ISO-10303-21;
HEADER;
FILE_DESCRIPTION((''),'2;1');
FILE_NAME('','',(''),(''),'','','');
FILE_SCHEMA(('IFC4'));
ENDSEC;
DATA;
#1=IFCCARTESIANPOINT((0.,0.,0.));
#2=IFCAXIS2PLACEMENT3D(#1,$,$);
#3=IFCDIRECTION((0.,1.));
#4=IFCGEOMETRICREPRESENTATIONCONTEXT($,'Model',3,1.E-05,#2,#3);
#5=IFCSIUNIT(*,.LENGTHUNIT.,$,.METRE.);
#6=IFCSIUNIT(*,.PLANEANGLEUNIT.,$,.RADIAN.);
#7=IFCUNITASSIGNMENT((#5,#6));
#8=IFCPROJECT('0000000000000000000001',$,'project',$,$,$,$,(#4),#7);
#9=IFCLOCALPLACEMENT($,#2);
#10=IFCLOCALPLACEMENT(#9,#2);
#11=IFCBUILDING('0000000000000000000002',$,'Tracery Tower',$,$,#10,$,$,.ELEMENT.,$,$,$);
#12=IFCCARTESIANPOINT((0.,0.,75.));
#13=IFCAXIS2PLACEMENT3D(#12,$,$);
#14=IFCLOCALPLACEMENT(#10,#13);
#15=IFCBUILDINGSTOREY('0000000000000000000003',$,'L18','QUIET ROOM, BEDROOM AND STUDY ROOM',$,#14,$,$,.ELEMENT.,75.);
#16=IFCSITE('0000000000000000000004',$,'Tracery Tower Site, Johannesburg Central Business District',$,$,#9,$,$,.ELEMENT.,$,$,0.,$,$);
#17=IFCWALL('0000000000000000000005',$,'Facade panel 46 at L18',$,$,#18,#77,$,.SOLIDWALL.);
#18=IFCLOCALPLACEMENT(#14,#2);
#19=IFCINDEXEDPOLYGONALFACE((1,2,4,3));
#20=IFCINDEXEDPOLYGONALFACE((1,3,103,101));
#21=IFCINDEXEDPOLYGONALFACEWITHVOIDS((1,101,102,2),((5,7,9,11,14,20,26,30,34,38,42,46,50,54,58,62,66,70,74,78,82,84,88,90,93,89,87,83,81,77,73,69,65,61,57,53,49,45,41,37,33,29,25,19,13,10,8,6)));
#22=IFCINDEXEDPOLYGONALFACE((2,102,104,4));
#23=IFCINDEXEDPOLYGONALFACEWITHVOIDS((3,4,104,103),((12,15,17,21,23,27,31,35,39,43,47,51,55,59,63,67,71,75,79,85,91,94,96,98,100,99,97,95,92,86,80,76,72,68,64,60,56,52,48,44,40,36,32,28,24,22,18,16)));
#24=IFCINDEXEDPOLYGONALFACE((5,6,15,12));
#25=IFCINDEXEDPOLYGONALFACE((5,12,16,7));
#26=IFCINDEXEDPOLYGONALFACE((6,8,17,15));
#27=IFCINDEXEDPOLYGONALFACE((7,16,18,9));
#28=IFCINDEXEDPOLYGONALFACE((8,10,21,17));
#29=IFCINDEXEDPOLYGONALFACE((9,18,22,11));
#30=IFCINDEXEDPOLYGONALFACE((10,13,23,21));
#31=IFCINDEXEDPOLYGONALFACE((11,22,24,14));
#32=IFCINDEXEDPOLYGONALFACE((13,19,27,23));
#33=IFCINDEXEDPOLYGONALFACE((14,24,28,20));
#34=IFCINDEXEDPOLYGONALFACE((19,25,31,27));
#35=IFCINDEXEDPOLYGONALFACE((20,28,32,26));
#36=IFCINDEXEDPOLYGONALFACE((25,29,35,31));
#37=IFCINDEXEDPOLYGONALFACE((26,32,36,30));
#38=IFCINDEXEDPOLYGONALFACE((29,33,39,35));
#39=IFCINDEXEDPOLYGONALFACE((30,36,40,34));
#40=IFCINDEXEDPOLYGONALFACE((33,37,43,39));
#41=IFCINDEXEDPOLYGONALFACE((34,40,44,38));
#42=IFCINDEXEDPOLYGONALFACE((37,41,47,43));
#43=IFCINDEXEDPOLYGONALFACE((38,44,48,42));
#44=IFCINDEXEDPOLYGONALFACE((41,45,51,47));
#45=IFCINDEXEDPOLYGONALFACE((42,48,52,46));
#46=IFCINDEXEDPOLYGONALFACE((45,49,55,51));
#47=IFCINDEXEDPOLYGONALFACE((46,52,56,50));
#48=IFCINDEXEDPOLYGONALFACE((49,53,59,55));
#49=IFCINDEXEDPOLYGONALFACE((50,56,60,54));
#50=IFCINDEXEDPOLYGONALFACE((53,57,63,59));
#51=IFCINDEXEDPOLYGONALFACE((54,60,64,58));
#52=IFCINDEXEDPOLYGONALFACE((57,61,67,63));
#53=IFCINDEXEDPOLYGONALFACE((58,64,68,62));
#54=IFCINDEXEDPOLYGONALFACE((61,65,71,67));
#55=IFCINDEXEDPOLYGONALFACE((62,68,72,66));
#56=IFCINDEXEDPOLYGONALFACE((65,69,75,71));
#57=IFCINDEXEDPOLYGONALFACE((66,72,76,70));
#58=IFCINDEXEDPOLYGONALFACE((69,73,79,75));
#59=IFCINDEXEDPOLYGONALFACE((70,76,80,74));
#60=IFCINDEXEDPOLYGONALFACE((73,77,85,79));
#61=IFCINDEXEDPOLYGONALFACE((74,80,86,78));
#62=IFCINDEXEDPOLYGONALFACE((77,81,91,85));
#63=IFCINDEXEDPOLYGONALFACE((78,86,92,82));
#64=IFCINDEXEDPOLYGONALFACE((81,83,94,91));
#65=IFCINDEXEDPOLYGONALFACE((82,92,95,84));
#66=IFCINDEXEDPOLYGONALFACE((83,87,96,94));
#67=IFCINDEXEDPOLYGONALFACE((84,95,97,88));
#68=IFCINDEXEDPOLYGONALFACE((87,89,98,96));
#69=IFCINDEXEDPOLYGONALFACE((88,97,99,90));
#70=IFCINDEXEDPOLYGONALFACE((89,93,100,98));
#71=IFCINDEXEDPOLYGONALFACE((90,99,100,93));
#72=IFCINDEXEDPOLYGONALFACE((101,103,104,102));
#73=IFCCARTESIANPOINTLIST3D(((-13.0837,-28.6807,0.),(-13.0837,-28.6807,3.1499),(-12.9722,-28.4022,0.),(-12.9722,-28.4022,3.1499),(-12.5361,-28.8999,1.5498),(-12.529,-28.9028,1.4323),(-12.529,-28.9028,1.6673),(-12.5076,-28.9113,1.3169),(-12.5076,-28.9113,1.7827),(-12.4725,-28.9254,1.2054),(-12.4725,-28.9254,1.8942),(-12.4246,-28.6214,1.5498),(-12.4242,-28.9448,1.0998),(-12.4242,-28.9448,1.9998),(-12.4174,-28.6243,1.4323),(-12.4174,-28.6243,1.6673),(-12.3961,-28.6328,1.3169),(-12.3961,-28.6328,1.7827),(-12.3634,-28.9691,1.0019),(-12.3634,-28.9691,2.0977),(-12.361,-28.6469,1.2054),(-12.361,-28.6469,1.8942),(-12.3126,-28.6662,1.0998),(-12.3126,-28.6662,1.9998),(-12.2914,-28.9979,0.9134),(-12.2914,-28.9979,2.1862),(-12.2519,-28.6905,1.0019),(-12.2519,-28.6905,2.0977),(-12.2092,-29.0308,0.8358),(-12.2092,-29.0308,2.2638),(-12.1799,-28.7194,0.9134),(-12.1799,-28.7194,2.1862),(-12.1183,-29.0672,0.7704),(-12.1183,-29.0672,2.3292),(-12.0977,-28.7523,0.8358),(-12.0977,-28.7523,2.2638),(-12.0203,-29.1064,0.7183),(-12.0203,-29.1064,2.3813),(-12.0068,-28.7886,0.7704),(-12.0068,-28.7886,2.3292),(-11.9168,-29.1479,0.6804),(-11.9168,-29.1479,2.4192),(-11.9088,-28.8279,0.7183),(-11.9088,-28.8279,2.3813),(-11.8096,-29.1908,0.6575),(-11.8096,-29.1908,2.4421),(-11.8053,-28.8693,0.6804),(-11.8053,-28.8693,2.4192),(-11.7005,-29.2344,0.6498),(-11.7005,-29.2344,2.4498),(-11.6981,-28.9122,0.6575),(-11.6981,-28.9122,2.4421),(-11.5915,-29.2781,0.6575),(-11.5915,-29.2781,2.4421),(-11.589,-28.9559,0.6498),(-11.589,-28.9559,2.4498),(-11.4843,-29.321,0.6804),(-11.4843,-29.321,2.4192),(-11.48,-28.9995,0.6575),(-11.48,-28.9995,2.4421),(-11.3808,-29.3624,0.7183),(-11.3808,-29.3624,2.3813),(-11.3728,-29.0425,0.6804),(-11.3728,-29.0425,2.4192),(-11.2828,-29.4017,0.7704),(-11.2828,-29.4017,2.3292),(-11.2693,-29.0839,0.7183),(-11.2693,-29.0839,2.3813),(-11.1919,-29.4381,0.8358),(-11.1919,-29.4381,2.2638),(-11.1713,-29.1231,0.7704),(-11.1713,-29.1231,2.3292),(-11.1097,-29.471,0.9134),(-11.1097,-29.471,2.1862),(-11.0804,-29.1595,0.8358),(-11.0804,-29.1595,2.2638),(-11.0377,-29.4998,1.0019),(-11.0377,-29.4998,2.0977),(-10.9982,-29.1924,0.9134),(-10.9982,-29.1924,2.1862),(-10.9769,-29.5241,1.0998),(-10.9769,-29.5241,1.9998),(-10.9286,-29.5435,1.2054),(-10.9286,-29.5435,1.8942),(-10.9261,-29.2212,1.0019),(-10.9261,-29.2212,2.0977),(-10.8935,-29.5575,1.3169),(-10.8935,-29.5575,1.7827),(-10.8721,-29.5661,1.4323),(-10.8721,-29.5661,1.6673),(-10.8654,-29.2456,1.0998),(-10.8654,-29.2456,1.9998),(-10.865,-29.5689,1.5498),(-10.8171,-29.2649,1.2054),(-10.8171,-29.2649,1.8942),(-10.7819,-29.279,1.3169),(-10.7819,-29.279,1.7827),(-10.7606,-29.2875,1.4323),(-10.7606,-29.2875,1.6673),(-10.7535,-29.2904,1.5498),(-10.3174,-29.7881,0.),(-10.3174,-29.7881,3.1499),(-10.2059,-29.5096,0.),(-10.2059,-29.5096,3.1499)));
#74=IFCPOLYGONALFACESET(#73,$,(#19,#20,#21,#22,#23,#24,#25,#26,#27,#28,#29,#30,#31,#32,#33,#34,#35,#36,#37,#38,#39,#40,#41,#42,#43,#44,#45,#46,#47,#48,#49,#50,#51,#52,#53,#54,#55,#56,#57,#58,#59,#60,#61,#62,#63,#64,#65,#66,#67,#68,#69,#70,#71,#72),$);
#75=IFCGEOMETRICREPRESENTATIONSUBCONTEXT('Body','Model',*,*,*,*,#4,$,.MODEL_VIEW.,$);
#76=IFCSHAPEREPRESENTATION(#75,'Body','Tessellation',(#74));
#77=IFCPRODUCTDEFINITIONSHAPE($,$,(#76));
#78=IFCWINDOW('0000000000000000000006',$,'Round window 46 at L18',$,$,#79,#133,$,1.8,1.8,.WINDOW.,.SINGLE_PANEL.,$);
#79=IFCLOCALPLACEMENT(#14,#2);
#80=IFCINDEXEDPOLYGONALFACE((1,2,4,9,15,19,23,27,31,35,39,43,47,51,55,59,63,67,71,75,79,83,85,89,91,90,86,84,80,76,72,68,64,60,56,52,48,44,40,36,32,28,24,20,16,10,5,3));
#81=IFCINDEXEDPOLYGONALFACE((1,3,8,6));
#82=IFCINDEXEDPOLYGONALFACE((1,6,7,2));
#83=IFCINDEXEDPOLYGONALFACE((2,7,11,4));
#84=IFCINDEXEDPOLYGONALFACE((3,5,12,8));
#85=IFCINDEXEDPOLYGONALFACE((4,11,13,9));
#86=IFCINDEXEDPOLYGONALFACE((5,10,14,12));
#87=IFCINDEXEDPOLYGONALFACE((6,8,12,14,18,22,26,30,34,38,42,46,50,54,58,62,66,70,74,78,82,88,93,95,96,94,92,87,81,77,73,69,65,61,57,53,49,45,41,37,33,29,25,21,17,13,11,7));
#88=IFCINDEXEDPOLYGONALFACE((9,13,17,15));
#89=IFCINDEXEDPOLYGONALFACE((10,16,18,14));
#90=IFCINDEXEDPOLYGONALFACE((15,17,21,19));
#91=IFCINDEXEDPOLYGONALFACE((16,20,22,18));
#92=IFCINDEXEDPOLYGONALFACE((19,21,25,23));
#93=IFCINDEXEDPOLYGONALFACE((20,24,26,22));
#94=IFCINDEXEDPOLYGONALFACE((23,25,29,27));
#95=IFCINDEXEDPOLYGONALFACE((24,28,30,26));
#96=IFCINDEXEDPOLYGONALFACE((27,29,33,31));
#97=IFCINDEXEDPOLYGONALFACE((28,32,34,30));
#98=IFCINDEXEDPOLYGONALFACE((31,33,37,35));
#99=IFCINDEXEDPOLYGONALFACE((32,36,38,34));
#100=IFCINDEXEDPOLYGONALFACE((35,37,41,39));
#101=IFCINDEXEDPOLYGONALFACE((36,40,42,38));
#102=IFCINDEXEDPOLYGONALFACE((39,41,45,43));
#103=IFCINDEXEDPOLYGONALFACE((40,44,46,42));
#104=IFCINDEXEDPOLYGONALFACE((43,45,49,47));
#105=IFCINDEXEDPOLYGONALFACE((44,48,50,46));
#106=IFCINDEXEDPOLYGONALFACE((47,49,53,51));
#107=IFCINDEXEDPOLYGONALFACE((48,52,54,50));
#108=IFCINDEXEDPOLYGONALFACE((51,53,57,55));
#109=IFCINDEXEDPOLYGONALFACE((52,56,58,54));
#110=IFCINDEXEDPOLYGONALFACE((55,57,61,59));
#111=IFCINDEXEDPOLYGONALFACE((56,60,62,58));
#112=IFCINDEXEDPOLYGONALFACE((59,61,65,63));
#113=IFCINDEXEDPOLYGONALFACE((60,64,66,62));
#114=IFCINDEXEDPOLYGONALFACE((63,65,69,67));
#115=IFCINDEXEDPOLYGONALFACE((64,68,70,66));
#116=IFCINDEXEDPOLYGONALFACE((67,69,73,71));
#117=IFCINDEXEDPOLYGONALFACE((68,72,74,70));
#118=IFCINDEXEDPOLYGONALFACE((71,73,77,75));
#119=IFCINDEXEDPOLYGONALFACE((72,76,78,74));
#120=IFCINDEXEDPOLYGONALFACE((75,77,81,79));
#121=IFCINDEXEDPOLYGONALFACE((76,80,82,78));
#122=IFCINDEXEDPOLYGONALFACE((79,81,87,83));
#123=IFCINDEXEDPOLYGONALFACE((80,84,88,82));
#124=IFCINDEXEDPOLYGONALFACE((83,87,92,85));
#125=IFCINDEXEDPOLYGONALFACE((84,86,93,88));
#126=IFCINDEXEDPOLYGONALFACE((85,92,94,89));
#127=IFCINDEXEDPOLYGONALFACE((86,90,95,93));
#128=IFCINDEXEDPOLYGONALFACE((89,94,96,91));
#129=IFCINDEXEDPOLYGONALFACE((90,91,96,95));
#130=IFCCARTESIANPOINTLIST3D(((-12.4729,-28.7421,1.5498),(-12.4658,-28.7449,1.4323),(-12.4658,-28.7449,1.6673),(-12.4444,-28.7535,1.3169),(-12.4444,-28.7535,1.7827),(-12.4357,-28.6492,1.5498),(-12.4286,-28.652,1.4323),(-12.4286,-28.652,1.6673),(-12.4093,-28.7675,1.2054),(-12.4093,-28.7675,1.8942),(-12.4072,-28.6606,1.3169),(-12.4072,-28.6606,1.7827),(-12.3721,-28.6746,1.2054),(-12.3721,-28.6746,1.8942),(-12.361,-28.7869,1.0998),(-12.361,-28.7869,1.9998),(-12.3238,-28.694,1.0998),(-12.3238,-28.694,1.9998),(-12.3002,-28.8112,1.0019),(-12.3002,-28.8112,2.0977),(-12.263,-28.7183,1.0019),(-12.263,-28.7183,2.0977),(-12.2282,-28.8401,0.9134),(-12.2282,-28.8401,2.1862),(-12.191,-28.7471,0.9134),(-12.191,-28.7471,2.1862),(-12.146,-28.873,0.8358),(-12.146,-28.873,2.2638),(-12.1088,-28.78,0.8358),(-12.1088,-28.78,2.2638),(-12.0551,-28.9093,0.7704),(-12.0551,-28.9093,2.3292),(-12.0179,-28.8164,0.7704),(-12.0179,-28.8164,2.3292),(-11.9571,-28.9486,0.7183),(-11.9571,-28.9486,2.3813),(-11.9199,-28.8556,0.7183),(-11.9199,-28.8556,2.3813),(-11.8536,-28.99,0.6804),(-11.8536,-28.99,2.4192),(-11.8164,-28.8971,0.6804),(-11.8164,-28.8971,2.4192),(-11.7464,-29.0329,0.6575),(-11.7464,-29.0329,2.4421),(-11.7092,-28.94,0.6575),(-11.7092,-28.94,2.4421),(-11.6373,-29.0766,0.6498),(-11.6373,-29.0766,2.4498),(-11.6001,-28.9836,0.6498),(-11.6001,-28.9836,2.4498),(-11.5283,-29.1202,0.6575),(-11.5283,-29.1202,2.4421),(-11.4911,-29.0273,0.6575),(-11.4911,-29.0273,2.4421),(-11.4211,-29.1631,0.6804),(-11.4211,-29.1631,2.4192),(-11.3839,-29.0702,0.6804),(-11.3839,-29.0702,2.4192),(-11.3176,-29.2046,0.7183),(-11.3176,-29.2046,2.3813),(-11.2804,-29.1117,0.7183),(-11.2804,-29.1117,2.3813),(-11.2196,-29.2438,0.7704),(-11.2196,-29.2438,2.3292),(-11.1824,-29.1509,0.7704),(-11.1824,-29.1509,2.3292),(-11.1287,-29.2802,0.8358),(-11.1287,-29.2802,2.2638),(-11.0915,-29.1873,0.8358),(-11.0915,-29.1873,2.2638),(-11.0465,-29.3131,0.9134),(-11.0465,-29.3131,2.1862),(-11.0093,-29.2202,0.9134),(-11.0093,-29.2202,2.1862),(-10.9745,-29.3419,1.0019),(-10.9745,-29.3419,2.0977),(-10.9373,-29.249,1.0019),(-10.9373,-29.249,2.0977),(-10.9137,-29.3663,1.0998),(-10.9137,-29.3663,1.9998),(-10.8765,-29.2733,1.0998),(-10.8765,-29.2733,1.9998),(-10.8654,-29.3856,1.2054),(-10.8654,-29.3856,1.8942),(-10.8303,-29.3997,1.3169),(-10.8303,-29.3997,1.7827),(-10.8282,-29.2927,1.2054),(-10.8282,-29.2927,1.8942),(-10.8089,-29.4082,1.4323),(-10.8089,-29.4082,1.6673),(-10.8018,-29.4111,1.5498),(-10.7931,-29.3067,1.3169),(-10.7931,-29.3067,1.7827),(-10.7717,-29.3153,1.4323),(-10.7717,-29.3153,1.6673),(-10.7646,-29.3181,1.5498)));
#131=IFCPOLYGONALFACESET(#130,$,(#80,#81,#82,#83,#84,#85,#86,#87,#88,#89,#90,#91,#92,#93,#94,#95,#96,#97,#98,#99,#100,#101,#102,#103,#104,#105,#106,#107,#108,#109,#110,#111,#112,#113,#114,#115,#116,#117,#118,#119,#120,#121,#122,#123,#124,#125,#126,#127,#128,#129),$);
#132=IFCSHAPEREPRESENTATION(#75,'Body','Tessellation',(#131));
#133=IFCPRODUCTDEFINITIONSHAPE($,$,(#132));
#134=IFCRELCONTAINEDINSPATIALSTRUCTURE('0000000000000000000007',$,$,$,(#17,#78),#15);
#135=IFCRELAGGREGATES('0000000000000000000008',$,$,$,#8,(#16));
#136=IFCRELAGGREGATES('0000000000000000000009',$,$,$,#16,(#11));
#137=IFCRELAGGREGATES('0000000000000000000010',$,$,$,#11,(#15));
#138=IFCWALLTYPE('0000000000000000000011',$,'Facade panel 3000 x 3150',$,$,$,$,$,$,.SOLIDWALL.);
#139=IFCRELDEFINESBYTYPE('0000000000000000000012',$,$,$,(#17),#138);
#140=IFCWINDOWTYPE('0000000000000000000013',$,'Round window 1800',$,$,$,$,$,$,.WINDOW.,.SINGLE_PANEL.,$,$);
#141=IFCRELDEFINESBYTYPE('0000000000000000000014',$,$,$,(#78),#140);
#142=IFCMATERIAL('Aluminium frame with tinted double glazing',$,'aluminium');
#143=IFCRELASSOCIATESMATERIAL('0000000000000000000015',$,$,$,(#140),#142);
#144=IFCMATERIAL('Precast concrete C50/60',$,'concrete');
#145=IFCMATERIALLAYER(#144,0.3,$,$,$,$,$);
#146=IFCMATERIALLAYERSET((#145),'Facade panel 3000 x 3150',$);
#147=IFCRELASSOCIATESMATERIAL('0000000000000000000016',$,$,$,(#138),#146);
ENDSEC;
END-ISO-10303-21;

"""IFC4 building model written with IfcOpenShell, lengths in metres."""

from ifc_helpers import new_model, si_unit, direction, frame, frame_2d, origin, origin_2d, place, context, subcontext, project, spatial, rectangle, circle, extrude, material, layer, layer_set, type_object, element, fill, save


model = new_model("IFC4")

# Units and contexts
model_context = context("Model", 3, precision=1e-05, world=origin(), true_north=direction((0.0, 1.0)))
body_context = subcontext(model_context, "Body", "Model", "MODEL_VIEW")
ifc_project = project(units=[si_unit("LENGTHUNIT", "METRE"), si_unit("PLANEANGLEUNIT", "RADIAN")], contexts=[model_context])

# Site, building, storey
site_placement = place(None, origin())
site = spatial("IfcSite", under=ifc_project, at=site_placement, Name="Tracery Tower Site, Johannesburg Central Business District", CompositionType="ELEMENT", RefElevation=0.0)
building_placement = place(site_placement, origin())
building = spatial("IfcBuilding", under=site, at=building_placement, Name="Tracery Tower", CompositionType="ELEMENT")
storey_placement = place(building_placement, frame((0.0, 0.0, 75.0)))
storey = spatial("IfcBuildingStorey", under=building, at=storey_placement, Name="L18", Description="QUIET ROOM, BEDROOM AND STUDY ROOM", CompositionType="ELEMENT", Elevation=75.0)

# Wall, opening, window
ifc_material_1 = material(Name="Aluminium frame with tinted double glazing", Category="aluminium")
window_type = type_object("IfcWindowType", Name="Round window 1800", PartitioningType="SINGLE_PANEL", PredefinedType="WINDOW", material=ifc_material_1)
ifc_material_2 = material(Name="Precast concrete C50/60", Category="concrete")
ifc_layer_1 = layer(ifc_material_2, 0.3)
ifc_layer_set_1 = layer_set([ifc_layer_1], Name="Facade panel 3000 x 3150")
wall_type_1 = type_object("IfcWallType", Name="Facade panel 3000 x 3150", PredefinedType="SOLIDWALL", material=ifc_layer_set_1)
wall_1_placement = place(storey_placement, frame((-13.0278, -28.5415, 0.0), z_axis=(0.0, 0.0, 1.0), x_axis=(0.928375, -0.371645, 0.0)))
wall_1 = element("IfcWall", 1, at=wall_1_placement, inside=storey, type_object=wall_type_1, Name="Facade panel 46 at L18", PredefinedType="SOLIDWALL", context=body_context, shape_type="SweptSolid", body=[
    extrude(rectangle(XDim=2.9797, YDim=0.3, at=frame_2d((1.4897, 0.0))), origin(), (0.0, 0.0, 1.0), 3.1499),
])
opening_1_placement = place(wall_1_placement, frame((1.4897, 0.0, 1.5498)))
opening_1 = element("IfcOpeningElement", 2, at=opening_1_placement, cuts=wall_1, PredefinedType="OPENING", context=body_context, shape_type="SweptSolid", body=[
    extrude(circle(Radius=0.9, at=origin_2d()), frame((0.0, 0.1599, 0.0), z_axis=(0.0, -1.0, 0.0), x_axis=(1.0, 0.0, 0.0)), (0.0, 0.0, 1.0), 0.3201),
])
window_1_placement = place(opening_1_placement, origin())
window_1 = element("IfcWindow", 3, at=window_1_placement, inside=storey, type_object=window_type, Name="Round window 46 at L18", OverallHeight=1.8, OverallWidth=1.8, PartitioningType="SINGLE_PANEL", PredefinedType="WINDOW", context=body_context, shape_type="SweptSolid", body=[
    extrude(circle(Radius=0.9, at=origin_2d()), frame((0.0, 0.1201, 0.0), z_axis=(0.0, -1.0, 0.0), x_axis=(1.0, 0.0, 0.0)), (0.0, 0.0, 1.0), 0.1001),
])
fill(opening_1, window_1)

save(model, "model.ifc")
